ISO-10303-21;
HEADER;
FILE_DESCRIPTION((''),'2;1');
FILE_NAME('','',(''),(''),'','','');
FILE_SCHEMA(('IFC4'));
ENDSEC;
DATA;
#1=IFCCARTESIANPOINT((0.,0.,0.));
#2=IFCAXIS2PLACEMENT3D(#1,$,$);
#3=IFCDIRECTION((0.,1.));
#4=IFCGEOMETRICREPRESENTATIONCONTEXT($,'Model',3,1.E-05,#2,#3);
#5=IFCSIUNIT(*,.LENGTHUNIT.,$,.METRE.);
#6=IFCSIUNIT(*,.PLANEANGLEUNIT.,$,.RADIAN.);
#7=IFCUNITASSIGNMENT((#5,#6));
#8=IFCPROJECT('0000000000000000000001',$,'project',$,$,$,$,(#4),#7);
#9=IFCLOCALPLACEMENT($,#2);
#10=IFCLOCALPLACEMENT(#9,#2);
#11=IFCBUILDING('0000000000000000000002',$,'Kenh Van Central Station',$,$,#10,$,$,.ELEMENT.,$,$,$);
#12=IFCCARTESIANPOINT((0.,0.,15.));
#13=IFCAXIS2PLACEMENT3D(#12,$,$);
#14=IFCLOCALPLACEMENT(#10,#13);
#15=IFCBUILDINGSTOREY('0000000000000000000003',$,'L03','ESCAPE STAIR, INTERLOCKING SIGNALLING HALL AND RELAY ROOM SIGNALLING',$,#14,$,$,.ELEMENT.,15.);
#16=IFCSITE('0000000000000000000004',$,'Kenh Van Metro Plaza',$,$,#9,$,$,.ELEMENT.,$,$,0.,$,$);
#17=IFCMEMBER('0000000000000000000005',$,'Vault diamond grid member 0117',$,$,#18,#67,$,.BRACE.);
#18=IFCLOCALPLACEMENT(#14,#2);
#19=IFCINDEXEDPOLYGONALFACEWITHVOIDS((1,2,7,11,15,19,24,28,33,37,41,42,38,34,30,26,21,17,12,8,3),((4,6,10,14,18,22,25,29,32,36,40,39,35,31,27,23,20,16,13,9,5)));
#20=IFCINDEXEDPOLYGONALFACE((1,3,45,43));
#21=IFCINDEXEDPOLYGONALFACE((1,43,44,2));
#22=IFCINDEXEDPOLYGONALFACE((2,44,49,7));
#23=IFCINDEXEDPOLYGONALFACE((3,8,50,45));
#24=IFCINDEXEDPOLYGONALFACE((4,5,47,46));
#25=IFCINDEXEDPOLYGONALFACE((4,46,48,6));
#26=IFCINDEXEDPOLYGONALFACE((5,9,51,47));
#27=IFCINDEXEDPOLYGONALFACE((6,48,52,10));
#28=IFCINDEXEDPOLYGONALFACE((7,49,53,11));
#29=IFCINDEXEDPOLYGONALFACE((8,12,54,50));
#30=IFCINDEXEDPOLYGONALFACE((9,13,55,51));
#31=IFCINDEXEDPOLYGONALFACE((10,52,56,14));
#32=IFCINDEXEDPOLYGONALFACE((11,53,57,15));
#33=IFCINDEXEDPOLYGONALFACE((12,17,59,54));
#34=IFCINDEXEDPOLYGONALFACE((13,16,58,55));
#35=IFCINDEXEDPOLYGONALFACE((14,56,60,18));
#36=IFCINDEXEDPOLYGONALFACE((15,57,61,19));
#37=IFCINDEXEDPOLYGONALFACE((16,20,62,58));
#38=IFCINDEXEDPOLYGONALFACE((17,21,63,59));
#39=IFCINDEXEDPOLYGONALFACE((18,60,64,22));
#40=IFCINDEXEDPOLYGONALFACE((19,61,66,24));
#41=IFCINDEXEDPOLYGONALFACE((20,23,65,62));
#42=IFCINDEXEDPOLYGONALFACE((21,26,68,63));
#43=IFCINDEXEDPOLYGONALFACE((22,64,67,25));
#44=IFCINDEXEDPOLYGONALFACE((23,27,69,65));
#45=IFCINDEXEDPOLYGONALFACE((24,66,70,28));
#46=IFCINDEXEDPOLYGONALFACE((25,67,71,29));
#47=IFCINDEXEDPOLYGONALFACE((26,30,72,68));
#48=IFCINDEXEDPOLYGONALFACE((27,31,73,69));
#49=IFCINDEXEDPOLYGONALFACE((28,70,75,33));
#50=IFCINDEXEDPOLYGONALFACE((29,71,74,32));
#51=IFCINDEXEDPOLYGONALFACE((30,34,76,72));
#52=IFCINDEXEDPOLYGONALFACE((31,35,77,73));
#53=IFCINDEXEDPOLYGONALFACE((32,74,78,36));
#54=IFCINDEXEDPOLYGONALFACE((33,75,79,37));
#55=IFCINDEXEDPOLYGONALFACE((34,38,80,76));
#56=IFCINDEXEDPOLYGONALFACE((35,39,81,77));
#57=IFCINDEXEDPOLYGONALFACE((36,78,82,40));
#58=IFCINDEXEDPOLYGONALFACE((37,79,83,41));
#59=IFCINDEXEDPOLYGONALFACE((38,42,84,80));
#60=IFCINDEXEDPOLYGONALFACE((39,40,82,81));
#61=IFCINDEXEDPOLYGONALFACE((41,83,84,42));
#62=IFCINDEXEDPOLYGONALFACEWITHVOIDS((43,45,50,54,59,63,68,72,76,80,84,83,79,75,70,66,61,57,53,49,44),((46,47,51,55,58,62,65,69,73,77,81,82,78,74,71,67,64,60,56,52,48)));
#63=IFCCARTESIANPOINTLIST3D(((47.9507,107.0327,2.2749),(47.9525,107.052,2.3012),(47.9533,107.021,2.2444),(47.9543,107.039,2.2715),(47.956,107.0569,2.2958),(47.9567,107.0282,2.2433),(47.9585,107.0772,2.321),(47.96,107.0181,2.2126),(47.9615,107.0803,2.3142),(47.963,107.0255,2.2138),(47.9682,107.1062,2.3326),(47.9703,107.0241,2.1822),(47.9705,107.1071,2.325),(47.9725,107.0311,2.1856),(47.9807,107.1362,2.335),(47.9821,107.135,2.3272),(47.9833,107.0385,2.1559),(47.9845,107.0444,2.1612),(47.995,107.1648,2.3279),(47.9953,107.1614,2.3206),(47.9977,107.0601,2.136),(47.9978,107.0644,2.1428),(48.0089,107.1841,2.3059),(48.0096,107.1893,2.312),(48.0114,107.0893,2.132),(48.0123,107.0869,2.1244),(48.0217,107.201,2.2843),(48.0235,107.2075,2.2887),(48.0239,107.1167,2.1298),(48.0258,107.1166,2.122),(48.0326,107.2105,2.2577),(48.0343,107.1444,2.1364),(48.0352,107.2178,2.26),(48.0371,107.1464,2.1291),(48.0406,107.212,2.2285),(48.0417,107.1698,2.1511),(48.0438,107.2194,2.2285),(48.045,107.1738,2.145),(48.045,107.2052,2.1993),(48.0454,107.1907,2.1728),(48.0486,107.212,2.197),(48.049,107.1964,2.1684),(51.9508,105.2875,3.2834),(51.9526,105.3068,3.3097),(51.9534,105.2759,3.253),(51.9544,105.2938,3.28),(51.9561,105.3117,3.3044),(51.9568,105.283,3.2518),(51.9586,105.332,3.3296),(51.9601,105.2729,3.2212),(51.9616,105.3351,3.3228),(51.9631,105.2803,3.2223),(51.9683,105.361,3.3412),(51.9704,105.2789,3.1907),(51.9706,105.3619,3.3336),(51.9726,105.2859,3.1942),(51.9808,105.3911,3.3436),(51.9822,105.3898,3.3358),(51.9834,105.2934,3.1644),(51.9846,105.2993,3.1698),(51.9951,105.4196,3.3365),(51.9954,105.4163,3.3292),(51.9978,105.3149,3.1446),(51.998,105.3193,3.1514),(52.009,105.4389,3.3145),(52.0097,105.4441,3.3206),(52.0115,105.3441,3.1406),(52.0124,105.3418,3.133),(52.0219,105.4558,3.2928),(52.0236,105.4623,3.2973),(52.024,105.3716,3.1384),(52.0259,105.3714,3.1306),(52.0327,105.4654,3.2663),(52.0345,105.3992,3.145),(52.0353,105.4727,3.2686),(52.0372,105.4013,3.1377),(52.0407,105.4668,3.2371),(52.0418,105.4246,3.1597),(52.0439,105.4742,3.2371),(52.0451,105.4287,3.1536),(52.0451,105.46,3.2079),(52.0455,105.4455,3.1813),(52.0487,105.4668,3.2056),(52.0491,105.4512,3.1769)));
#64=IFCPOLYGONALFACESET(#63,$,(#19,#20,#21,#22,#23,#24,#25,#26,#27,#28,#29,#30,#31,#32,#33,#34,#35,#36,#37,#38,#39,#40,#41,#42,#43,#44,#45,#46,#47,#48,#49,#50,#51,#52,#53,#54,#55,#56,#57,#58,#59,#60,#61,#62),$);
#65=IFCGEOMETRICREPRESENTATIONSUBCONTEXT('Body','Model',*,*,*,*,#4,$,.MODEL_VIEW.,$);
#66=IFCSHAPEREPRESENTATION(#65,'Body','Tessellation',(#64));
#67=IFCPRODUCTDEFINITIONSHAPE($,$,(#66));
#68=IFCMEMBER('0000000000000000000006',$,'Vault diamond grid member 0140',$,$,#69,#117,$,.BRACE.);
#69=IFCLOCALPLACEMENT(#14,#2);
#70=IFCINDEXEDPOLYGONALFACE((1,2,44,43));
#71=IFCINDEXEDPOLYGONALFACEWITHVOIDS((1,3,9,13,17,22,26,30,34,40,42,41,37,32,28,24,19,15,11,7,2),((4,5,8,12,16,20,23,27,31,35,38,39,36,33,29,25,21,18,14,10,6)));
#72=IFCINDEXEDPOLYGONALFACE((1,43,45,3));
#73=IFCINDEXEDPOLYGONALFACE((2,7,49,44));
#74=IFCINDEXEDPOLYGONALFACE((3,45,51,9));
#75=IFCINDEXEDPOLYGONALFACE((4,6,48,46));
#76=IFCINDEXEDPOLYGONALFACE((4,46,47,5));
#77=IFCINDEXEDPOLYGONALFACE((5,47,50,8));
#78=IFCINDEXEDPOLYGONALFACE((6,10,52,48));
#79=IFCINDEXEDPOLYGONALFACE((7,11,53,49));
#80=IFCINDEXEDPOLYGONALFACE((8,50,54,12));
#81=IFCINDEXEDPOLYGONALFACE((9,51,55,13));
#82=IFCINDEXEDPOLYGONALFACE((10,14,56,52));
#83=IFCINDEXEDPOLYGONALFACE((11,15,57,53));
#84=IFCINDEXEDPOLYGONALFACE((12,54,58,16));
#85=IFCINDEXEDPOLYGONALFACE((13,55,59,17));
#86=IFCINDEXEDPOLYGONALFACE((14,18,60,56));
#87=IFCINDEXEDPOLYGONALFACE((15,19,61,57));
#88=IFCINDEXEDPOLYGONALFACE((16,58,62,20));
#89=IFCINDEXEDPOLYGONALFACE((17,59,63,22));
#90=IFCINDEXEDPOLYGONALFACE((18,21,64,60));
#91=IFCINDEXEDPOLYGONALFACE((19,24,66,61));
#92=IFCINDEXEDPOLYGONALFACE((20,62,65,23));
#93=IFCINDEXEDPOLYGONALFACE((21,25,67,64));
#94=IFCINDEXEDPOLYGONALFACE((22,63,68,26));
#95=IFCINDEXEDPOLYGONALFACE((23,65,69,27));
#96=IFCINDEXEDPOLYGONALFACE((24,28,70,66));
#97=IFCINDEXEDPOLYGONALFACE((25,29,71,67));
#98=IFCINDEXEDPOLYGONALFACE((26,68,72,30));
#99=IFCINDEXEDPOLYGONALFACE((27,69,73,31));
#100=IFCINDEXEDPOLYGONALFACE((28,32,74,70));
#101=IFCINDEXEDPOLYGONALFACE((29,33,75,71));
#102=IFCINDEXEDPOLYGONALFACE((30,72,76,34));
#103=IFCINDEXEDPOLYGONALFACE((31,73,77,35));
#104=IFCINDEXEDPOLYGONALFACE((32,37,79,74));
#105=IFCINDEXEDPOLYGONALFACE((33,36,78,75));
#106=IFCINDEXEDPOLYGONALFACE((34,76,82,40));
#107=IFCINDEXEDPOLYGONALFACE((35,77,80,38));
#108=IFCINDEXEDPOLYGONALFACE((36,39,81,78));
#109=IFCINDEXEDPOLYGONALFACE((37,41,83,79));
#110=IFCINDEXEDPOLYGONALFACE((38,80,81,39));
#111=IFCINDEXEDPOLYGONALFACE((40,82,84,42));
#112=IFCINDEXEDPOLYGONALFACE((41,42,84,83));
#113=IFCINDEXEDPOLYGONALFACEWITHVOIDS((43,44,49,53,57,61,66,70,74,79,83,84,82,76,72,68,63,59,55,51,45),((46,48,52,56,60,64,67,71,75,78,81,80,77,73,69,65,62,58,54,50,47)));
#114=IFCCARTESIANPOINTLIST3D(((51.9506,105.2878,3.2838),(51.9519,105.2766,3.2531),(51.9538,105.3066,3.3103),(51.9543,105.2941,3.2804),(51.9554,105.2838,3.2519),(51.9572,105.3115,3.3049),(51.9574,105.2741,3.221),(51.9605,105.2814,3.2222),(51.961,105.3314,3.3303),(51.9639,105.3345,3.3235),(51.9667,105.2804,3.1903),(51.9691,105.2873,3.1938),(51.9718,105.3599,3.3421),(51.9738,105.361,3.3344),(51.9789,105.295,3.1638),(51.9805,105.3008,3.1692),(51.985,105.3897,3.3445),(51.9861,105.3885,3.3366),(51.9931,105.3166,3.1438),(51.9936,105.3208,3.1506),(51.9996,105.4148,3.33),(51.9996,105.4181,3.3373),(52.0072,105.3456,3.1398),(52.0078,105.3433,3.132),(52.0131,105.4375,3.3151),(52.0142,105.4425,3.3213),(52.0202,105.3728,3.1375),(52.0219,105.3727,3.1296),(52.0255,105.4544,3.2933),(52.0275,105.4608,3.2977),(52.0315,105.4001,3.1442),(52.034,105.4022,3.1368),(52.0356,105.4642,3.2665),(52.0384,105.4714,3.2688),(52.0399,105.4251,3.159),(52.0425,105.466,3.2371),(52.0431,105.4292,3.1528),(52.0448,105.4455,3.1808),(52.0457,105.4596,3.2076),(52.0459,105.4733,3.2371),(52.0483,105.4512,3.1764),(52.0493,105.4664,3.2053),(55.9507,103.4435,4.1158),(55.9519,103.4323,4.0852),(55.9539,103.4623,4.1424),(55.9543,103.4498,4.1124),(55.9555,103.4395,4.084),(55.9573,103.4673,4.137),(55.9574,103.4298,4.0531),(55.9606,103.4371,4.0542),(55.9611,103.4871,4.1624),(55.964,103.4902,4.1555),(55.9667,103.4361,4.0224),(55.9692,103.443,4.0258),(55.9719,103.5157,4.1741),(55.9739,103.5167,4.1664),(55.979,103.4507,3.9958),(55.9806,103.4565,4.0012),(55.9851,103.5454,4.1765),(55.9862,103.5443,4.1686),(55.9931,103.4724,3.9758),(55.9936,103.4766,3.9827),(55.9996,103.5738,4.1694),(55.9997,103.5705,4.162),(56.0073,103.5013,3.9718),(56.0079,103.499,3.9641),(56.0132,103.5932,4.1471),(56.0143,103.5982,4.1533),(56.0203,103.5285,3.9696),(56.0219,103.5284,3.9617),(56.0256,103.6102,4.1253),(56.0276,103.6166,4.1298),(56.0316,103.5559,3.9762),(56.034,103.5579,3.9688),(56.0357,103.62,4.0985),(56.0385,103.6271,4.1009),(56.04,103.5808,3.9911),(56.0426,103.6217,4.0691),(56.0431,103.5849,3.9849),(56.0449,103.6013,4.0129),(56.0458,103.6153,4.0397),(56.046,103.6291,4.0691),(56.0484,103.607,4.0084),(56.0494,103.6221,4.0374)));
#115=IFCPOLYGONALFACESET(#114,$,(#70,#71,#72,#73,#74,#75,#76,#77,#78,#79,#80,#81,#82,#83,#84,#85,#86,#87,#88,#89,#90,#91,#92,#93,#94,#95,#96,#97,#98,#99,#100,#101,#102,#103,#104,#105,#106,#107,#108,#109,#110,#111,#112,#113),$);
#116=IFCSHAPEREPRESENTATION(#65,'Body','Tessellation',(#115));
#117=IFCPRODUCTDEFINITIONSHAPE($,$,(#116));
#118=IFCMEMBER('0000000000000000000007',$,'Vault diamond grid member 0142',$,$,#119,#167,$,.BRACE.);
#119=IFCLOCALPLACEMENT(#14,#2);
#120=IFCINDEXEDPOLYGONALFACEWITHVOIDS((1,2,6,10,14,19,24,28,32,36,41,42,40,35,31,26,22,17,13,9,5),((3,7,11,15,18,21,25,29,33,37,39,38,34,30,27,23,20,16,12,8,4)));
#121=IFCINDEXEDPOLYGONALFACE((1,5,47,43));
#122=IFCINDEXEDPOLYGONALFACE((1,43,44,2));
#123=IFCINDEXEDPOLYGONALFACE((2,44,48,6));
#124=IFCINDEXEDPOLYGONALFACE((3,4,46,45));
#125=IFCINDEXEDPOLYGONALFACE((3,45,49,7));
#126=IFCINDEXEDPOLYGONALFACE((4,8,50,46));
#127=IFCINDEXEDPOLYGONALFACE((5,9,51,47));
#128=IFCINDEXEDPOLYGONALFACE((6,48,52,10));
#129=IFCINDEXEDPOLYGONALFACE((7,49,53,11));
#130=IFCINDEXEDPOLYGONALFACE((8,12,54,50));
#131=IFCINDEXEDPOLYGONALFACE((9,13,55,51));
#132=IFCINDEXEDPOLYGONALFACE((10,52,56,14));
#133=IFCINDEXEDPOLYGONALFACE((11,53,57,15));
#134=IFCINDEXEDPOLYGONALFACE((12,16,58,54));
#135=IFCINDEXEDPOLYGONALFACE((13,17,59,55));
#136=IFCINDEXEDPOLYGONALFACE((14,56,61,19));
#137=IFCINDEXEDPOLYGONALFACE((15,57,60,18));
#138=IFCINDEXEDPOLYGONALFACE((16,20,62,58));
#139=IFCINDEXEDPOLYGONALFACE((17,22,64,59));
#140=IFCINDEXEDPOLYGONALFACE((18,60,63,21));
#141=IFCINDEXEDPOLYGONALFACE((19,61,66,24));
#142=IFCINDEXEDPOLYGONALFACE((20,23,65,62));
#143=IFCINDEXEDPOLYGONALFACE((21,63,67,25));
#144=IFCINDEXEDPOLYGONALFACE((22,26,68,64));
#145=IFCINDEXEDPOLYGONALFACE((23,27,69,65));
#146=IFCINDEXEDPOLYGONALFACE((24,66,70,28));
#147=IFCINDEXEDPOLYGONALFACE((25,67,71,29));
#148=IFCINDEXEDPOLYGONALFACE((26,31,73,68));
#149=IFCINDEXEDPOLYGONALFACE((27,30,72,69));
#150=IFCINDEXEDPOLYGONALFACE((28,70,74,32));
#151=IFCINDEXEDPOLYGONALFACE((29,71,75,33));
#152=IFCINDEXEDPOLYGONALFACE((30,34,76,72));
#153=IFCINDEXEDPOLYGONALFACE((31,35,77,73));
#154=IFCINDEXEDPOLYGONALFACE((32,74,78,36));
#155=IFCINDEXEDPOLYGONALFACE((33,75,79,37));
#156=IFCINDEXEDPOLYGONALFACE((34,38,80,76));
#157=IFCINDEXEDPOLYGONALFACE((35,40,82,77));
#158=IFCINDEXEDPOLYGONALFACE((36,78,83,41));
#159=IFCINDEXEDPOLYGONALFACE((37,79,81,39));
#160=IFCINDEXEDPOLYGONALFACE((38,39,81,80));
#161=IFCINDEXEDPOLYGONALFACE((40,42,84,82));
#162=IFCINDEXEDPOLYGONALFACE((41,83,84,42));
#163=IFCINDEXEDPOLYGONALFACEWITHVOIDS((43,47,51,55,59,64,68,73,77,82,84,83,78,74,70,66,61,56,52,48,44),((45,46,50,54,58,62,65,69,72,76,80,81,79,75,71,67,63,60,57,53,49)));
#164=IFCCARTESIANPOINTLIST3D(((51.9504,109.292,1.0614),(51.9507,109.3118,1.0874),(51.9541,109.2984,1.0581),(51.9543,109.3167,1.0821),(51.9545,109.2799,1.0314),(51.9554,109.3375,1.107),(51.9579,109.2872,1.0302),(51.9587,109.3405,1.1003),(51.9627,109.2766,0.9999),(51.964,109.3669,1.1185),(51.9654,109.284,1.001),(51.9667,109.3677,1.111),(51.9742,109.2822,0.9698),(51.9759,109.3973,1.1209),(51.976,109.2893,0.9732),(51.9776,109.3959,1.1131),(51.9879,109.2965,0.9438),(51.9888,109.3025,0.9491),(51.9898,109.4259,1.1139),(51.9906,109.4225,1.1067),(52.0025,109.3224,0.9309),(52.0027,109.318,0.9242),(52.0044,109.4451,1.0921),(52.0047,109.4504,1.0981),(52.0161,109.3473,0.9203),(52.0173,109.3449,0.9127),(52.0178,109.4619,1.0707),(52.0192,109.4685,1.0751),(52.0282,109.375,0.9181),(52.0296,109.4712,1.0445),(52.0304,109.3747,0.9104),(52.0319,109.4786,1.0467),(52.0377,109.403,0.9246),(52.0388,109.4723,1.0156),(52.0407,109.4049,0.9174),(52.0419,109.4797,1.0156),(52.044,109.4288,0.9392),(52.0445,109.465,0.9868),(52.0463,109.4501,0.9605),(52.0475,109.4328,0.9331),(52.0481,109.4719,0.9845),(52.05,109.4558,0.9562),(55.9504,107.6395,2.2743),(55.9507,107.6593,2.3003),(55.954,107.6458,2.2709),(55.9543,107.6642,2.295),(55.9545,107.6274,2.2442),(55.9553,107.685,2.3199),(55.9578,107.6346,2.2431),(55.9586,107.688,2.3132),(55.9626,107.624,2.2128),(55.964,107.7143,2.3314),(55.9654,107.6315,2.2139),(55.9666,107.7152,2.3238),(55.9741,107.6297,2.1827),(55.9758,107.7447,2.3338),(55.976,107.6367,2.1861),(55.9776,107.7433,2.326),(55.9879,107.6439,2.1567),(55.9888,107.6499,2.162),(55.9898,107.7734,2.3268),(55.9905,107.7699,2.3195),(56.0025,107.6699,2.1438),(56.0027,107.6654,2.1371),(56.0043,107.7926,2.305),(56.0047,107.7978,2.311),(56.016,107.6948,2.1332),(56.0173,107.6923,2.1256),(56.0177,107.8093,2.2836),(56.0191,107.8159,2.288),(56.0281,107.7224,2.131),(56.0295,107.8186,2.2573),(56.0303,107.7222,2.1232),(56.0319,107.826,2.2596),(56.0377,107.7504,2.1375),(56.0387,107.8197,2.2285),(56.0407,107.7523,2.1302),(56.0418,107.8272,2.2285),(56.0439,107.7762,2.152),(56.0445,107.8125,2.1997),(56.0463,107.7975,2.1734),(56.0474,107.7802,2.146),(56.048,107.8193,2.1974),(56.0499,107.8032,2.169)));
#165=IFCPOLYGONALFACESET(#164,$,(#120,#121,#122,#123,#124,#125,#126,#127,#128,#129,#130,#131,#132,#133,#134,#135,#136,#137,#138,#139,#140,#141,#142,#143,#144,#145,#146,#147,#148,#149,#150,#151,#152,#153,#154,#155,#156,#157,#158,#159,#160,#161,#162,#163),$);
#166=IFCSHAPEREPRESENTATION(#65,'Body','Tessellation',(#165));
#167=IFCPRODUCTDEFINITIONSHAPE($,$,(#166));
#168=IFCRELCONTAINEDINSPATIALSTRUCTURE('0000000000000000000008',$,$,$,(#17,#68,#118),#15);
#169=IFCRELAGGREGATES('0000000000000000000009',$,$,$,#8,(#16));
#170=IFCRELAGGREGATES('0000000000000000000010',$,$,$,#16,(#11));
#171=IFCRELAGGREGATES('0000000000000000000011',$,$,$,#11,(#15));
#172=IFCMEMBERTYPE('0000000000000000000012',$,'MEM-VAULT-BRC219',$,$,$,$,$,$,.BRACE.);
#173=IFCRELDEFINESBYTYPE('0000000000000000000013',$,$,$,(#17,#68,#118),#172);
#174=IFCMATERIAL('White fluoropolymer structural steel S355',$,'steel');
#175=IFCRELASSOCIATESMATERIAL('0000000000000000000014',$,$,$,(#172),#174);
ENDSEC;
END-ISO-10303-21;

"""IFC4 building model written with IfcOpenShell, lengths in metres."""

from ifc_helpers import new_model, si_unit, direction, frame, origin, origin_2d, place, context, subcontext, project, spatial, hollow_circle, extrude, material, material_profile, profile_set, type_object, element, save


model = new_model("IFC4")

# Units and contexts
model_context = context("Model", 3, precision=1e-05, world=origin(), true_north=direction((0.0, 1.0)))
body_context = subcontext(model_context, "Body", "Model", "MODEL_VIEW")
ifc_project = project(units=[si_unit("LENGTHUNIT", "METRE"), si_unit("PLANEANGLEUNIT", "RADIAN")], contexts=[model_context])

# Site, building, storey
site_placement = place(None, origin())
site = spatial("IfcSite", under=ifc_project, at=site_placement, Name="Kenh Van Metro Plaza", CompositionType="ELEMENT", RefElevation=0.0)
building_placement = place(site_placement, origin())
building = spatial("IfcBuilding", under=site, at=building_placement, Name="Kenh Van Central Station", CompositionType="ELEMENT")
storey_placement = place(building_placement, frame((0.0, 0.0, 15.0)))
storey = spatial("IfcBuildingStorey", under=building, at=storey_placement, Name="L03", Description="ESCAPE STAIR, INTERLOCKING SIGNALLING HALL AND RELAY ROOM SIGNALLING", CompositionType="ELEMENT", Elevation=15.0)

# Shared definitions
ifc_material_1 = material(Name="White fluoropolymer structural steel S355", Category="steel")

# Members
ifc_material_profile_1 = material_profile(ifc_material_1, hollow_circle(Radius=0.1096, WallThickness=0.0081, at=origin_2d()), Name="CHS 219.1x8")
ifc_profile_set_1 = profile_set([ifc_material_profile_1], Name="White fluoropolymer structural steel S355")
member_type_1 = type_object("IfcMemberType", Name="MEM-VAULT-BRC219", PredefinedType="BRACE", material=ifc_profile_set_1)
member_1_placement = place(storey_placement, frame((48.0, 107.1189, 2.2285), z_axis=(0.893031, -0.389611, 0.225165), x_axis=(0.39988, 0.916568, 0.0)))
element("IfcMember", 1, at=member_1_placement, inside=storey, type_object=member_type_1, Name="Vault diamond grid member 0117", PredefinedType="BRACE", context=body_context, shape_type="SweptSolid", body=[
    extrude(hollow_circle(Radius=0.1096, WallThickness=0.0081, at=origin_2d()), origin(), (0.0, 0.0, 1.0), 4.4792),
])
member_2_placement = place(storey_placement, frame((52.0, 105.3738, 3.2371), z_axis=(0.892344, -0.411424, 0.185615), x_axis=(0.4187, 0.908125, 0.0)))
element("IfcMember", 2, at=member_2_placement, inside=storey, type_object=member_type_1, Name="Vault diamond grid member 0140", PredefinedType="BRACE", context=body_context, shape_type="SweptSolid", body=[
    extrude(hollow_circle(Radius=0.1096, WallThickness=0.0081, at=origin_2d()), origin(), (0.0, 0.0, 1.0), 4.4827),
])
member_3_placement = place(storey_placement, frame((52.0, 109.3784, 1.0156), z_axis=(0.889941, -0.367676, 0.26985), x_axis=(0.381842, 0.924228, 0.0)))
element("IfcMember", 3, at=member_3_placement, inside=storey, type_object=member_type_1, Name="Vault diamond grid member 0142", PredefinedType="BRACE", context=body_context, shape_type="SweptSolid", body=[
    extrude(hollow_circle(Radius=0.1096, WallThickness=0.0081, at=origin_2d()), origin(), (0.0, 0.0, 1.0), 4.4946),
])

save(model, "model.ifc")
